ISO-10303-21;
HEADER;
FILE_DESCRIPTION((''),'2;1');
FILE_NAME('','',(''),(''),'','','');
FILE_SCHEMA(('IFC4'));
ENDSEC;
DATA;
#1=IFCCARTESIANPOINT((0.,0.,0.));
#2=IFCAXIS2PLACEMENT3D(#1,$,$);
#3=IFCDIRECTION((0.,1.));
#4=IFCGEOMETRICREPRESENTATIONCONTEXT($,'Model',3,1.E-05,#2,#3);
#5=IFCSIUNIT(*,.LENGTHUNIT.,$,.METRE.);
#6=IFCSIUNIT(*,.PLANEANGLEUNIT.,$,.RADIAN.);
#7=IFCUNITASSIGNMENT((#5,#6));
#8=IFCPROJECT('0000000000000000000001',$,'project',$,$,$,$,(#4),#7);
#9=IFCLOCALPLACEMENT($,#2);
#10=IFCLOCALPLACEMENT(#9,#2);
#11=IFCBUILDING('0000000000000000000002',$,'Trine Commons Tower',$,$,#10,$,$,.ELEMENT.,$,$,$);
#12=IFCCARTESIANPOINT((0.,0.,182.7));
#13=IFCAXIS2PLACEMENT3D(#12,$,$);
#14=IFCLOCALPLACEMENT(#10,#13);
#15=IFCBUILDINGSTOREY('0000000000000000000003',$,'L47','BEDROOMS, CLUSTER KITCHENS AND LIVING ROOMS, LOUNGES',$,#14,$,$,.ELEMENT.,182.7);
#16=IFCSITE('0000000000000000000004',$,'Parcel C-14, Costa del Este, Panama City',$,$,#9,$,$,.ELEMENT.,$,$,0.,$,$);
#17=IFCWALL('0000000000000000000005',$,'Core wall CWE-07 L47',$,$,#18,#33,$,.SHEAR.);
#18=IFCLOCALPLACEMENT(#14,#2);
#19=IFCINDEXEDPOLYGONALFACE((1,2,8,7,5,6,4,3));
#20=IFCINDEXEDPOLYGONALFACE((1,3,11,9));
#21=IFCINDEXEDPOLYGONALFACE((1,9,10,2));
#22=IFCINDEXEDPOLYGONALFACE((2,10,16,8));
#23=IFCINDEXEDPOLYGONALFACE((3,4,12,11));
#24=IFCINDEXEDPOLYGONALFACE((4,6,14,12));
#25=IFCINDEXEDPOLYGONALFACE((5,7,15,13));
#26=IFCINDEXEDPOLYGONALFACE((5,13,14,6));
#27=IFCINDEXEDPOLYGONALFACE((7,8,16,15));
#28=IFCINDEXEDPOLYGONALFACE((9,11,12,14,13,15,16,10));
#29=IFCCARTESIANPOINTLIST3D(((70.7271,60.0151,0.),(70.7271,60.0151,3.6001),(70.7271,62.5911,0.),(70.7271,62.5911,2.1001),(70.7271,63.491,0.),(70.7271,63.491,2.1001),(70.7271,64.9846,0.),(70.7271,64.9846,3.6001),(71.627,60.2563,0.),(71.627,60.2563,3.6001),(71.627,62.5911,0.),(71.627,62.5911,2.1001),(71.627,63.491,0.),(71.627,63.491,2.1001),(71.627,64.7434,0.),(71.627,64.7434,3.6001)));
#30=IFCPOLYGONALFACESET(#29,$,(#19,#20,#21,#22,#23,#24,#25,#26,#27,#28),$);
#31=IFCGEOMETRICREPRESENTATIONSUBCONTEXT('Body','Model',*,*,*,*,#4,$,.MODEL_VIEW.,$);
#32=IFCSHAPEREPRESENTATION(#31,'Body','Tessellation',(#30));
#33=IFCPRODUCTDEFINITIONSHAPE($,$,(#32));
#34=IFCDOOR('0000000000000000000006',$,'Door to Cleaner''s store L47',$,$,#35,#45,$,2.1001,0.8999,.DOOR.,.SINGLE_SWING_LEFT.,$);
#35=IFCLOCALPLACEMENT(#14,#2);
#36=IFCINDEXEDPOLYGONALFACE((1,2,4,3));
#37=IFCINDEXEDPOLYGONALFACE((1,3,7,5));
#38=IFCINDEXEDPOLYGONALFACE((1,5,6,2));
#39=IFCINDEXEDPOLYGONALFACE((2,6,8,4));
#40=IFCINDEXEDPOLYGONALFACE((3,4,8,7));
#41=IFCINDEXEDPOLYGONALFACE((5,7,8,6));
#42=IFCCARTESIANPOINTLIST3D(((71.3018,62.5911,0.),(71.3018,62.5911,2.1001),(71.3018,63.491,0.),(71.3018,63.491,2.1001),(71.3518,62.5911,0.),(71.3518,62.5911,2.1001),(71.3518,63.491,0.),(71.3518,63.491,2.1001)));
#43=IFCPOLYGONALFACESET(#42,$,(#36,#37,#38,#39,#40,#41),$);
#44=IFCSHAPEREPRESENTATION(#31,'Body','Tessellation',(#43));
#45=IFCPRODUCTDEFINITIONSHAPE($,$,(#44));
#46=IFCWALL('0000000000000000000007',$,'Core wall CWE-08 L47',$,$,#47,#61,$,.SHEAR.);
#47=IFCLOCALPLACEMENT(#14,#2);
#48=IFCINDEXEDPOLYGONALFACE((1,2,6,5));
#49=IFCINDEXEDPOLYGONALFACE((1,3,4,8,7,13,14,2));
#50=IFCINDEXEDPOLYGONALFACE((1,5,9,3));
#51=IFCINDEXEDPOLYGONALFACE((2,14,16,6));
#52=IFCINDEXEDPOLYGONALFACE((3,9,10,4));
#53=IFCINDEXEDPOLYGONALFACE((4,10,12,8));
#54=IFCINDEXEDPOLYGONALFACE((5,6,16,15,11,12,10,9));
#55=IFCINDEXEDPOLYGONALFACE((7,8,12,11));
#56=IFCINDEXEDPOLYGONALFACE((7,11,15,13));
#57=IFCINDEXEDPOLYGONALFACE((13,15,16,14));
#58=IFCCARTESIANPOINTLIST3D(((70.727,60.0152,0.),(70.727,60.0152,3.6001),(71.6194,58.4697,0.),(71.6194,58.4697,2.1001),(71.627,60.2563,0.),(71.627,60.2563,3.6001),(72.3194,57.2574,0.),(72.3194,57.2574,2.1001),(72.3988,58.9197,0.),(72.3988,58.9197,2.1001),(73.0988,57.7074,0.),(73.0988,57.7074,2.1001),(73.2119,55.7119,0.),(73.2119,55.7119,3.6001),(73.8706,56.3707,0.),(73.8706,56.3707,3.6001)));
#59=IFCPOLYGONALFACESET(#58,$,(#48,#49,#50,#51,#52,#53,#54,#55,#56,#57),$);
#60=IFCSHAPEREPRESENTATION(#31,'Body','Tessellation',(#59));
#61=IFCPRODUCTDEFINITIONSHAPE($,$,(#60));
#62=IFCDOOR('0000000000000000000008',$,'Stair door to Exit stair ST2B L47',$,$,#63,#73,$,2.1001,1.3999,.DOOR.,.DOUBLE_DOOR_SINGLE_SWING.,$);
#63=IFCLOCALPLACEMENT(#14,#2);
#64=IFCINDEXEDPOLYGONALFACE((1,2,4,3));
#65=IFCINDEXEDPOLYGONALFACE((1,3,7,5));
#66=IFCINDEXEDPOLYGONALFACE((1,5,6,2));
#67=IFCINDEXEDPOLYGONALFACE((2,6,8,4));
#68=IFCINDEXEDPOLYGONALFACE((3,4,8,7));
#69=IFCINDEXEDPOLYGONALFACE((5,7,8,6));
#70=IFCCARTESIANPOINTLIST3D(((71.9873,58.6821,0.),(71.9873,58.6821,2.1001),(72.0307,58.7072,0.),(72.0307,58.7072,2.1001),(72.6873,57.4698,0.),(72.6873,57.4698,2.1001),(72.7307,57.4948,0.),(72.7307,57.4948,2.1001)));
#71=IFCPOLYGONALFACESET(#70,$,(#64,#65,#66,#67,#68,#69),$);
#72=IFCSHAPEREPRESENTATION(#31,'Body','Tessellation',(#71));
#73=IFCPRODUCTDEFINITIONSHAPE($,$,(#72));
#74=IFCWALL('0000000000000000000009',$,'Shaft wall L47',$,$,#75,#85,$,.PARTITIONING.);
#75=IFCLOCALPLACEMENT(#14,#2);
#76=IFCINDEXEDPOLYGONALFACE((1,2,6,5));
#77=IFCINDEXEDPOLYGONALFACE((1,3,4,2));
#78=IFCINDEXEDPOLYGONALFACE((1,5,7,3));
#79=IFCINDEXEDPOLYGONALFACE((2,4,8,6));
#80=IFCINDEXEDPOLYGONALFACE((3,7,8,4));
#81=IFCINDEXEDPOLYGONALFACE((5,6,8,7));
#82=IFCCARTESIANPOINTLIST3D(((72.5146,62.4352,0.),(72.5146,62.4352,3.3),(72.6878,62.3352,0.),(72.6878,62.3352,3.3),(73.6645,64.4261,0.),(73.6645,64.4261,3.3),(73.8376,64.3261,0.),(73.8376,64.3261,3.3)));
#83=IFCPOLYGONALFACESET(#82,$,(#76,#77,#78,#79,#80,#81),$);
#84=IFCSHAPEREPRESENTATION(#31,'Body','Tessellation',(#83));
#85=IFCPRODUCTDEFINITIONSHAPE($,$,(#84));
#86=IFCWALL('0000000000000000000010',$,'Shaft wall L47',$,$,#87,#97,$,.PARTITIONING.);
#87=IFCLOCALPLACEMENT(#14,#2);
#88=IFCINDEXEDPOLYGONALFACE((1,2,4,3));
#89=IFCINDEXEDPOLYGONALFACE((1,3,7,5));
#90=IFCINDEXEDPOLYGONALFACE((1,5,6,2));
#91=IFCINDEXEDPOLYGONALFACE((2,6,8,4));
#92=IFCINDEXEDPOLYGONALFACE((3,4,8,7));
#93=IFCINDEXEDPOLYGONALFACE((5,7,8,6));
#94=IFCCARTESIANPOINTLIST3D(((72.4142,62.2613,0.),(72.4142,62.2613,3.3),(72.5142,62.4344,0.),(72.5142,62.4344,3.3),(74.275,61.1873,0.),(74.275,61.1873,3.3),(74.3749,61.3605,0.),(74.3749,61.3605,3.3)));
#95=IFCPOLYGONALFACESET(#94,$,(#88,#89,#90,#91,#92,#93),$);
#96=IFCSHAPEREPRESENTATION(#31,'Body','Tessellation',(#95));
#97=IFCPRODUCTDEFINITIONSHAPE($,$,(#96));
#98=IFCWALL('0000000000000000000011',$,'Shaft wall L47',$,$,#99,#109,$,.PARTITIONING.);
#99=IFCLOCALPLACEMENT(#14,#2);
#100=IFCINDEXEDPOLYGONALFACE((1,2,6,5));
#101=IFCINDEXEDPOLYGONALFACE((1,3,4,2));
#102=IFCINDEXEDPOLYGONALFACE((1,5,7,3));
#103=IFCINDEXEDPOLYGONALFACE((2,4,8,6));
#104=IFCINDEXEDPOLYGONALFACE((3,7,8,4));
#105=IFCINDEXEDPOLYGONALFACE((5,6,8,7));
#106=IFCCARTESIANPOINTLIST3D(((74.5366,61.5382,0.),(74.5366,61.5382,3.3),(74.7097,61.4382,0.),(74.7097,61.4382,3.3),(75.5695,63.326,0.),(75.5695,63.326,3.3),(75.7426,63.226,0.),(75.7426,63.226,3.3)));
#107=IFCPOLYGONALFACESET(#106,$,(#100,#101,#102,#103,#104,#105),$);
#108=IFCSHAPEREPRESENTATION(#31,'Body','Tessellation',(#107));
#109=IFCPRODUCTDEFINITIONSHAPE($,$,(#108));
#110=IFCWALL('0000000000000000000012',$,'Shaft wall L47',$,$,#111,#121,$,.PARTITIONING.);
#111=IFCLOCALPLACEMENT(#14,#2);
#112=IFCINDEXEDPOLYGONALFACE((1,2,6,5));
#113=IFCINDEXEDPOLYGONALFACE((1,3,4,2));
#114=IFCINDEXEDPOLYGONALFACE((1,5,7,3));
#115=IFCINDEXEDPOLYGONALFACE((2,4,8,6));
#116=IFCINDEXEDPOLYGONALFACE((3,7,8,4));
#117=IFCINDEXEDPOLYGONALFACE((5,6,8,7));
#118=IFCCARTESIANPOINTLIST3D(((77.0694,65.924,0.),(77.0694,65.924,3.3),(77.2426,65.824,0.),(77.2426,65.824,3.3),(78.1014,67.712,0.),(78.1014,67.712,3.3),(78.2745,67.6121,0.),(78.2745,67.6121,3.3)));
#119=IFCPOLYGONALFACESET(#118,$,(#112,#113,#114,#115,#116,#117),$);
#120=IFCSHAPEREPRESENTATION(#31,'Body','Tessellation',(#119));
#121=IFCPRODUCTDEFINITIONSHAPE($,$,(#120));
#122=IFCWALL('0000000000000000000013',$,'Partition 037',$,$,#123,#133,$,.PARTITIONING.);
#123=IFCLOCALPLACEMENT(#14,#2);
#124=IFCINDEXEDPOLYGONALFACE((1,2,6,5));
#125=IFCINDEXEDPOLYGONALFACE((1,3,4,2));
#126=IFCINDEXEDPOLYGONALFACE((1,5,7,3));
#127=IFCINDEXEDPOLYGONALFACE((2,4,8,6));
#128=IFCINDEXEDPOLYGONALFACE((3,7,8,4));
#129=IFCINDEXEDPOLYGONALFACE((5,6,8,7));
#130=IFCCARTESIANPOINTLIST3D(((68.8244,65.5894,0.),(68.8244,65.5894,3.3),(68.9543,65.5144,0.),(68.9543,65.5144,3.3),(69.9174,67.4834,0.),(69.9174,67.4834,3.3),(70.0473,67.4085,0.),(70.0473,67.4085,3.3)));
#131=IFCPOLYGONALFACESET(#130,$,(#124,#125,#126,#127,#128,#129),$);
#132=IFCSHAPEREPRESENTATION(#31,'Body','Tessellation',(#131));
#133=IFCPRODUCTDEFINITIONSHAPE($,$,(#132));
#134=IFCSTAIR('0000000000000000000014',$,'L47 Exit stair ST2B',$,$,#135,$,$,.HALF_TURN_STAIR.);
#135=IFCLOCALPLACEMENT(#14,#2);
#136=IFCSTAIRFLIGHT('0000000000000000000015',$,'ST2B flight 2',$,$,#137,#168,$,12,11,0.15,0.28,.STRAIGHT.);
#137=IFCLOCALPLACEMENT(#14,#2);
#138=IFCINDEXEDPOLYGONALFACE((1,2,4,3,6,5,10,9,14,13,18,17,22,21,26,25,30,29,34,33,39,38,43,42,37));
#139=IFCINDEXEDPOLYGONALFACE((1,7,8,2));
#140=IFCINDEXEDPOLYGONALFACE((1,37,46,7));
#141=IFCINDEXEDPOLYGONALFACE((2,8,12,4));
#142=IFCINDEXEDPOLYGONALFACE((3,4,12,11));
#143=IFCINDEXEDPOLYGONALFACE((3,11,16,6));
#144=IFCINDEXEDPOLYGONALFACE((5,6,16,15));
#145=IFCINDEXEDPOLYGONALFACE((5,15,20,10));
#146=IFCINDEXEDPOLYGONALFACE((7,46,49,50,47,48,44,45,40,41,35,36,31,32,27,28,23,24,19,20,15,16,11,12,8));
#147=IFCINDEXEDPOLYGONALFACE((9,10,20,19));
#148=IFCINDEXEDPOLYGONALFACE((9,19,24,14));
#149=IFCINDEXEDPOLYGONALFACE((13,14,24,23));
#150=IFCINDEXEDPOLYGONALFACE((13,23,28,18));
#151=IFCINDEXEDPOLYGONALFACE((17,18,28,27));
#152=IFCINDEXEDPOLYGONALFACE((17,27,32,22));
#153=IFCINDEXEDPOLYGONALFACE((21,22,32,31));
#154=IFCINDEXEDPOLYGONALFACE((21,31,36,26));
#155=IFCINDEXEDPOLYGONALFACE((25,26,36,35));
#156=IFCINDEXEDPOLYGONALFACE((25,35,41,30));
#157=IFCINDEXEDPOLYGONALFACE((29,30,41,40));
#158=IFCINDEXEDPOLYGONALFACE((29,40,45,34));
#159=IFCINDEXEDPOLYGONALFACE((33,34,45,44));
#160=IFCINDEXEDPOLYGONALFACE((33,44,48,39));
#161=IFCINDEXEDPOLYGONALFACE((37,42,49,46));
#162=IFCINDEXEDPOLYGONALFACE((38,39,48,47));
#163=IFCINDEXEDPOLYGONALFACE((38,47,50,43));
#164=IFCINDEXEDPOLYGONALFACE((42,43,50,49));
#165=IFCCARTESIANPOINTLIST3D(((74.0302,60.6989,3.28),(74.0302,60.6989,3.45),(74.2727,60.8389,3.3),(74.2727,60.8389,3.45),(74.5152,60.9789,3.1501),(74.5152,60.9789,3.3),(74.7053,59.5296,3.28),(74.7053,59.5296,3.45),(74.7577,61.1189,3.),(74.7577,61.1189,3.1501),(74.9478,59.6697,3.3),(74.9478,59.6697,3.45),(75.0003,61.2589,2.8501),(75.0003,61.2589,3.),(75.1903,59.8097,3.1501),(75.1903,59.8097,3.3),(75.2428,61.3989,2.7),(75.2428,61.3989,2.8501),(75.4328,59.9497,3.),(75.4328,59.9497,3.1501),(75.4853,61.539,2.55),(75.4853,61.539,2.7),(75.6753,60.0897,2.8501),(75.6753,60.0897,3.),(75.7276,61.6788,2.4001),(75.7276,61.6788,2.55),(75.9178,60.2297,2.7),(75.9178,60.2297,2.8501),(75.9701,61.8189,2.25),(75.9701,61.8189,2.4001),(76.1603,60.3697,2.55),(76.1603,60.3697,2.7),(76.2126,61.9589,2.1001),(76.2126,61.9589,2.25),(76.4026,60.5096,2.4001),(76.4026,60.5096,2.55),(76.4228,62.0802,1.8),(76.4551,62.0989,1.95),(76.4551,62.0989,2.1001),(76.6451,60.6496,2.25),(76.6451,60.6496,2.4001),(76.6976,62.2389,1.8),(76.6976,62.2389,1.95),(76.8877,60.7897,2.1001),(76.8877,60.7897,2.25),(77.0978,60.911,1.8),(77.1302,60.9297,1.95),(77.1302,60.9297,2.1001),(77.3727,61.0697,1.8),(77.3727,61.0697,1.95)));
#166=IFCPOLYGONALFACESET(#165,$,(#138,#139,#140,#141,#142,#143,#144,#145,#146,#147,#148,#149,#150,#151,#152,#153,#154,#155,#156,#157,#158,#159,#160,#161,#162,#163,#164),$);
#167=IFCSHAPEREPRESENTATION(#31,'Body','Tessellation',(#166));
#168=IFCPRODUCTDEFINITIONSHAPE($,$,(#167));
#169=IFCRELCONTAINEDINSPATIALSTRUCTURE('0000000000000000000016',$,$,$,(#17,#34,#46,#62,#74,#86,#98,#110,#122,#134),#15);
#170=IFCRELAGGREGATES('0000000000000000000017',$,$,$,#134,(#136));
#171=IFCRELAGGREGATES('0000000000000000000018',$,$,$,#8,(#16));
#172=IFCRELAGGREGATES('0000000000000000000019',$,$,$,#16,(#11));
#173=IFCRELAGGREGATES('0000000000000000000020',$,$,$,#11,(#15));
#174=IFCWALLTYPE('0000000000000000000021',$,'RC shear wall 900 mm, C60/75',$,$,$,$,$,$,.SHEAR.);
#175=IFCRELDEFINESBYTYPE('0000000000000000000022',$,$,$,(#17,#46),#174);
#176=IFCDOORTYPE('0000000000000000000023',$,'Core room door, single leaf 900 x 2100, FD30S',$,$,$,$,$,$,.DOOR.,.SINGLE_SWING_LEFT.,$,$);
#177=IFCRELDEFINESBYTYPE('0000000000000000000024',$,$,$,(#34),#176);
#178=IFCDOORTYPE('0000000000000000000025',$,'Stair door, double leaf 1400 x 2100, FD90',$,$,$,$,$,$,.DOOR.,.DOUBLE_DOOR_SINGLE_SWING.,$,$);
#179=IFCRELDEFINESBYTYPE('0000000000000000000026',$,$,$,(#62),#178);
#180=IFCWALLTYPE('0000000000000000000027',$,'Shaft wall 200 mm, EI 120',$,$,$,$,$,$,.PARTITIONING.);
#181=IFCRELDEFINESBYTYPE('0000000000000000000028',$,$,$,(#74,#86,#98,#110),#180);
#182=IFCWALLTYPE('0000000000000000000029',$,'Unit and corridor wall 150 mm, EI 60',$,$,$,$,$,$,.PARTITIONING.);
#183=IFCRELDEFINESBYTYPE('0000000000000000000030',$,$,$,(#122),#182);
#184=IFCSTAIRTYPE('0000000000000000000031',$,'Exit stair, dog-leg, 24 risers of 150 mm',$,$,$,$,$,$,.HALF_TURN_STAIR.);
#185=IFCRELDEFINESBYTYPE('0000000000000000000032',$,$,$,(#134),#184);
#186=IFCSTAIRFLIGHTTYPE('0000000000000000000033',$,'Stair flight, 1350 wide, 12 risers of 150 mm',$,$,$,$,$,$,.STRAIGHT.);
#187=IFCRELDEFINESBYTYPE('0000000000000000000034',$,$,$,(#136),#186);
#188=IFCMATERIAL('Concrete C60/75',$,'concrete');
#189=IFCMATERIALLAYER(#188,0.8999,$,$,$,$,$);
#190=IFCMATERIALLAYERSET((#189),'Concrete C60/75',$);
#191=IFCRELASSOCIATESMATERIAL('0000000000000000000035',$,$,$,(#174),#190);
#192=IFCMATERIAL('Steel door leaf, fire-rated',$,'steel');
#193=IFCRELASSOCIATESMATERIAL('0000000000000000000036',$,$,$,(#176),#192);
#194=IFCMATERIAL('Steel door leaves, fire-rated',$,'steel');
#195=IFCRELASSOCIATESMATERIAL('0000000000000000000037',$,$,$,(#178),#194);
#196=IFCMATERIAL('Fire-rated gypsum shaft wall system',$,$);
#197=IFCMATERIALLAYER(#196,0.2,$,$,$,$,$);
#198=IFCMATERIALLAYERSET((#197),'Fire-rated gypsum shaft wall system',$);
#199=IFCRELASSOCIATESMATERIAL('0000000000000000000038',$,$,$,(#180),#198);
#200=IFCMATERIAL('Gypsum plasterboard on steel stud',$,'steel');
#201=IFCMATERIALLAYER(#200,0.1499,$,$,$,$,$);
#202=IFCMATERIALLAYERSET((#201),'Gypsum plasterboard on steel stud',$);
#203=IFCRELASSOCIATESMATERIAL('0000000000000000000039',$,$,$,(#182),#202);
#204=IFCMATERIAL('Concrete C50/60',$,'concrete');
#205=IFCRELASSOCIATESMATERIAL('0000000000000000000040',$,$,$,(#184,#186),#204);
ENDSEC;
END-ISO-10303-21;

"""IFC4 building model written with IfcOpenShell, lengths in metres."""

from ifc_helpers import new_model, si_unit, direction, frame, frame_2d, origin, place, context, subcontext, project, spatial, polyline, rectangle, outline, extrude, material, layer, layer_set, type_object, element, fill, aggregate, save


model = new_model("IFC4")

# Units and contexts
model_context = context("Model", 3, precision=1e-05, world=origin(), true_north=direction((0.0, 1.0)))
body_context = subcontext(model_context, "Body", "Model", "MODEL_VIEW")
ifc_project = project(units=[si_unit("LENGTHUNIT", "METRE"), si_unit("PLANEANGLEUNIT", "RADIAN")], contexts=[model_context])

# Site, building, storey
site_placement = place(None, origin())
site = spatial("IfcSite", under=ifc_project, at=site_placement, Name="Parcel C-14, Costa del Este, Panama City", CompositionType="ELEMENT", RefElevation=0.0)
building_placement = place(site_placement, origin())
building = spatial("IfcBuilding", under=site, at=building_placement, Name="Trine Commons Tower", CompositionType="ELEMENT")
storey_placement = place(building_placement, frame((0.0, 0.0, 182.7)))
storey = spatial("IfcBuildingStorey", under=building, at=storey_placement, Name="L47", Description="BEDROOMS, CLUSTER KITCHENS AND LIVING ROOMS, LOUNGES", CompositionType="ELEMENT", Elevation=182.7)

# Shared definitions
ifc_material_1 = material(Name="Fire-rated gypsum shaft wall system")
ifc_material_2 = material(Name="Steel door leaf, fire-rated", Category="steel")
ifc_material_3 = material(Name="Concrete C60/75", Category="concrete")

# Walls, openings, doors
ifc_layer_1 = layer(ifc_material_3, 0.8999)
ifc_layer_set_1 = layer_set([ifc_layer_1], Name="Concrete C60/75")
wall_type_1 = type_object("IfcWallType", Name="RC shear wall 900 mm, C60/75", PredefinedType="SHEAR", material=ifc_layer_set_1)
wall_1_placement = place(storey_placement, frame((71.177, 64.9846, 0.0), z_axis=(0.0, 0.0, 1.0), x_axis=(0.0, -1.0, 0.0)))
wall_1 = element("IfcWall", 1, at=wall_1_placement, inside=storey, type_object=wall_type_1, Name="Core wall CWE-07 L47", PredefinedType="SHEAR", context=body_context, shape_type="SweptSolid", body=[
    extrude(outline(polyline([(0.0, -0.45), (4.9695, -0.45), (4.7283, 0.45), (0.2412, 0.45), (0.0, -0.45)])), origin(), (0.0, 0.0, 1.0), 3.6001),
])
opening_1_placement = place(wall_1_placement, frame((1.4937, 0.0, 0.0)))
opening_1 = element("IfcOpeningElement", 2, at=opening_1_placement, cuts=wall_1, PredefinedType="OPENING", context=body_context, shape_type="SweptSolid", body=[
    extrude(rectangle(XDim=0.8999, YDim=2.1001, at=frame_2d((0.45, 1.05))), frame((0.0, 0.46, 0.0), z_axis=(0.0, -1.0, 0.0), x_axis=(1.0, 0.0, 0.0)), (0.0, 0.0, 1.0), 0.9199),
])
door_type_1 = type_object("IfcDoorType", Name="Core room door, single leaf 900 x 2100, FD30S", OperationType="SINGLE_SWING_LEFT", PredefinedType="DOOR", material=ifc_material_2)
door_1_placement = place(opening_1_placement, origin())
door_1 = element("IfcDoor", 3, at=door_1_placement, inside=storey, type_object=door_type_1, Name="Door to Cleaner's store L47", OperationType="SINGLE_SWING_LEFT", OverallHeight=2.1001, OverallWidth=0.8999, PredefinedType="DOOR", context=body_context, shape_type="SweptSolid", body=[
    extrude(rectangle(XDim=0.8999, YDim=2.1001, at=frame_2d((0.45, 1.05))), frame((0.0, 0.1748, 0.0), z_axis=(0.0, -1.0, 0.0), x_axis=(1.0, 0.0, 0.0)), (0.0, 0.0, 1.0), 0.05),
])
fill(opening_1, door_1)
wall_2_placement = place(storey_placement, frame((71.1167, 60.2402, 0.0), z_axis=(0.0, 0.0, 1.0), x_axis=(0.500039, -0.866003, 0.0)))
wall_2 = element("IfcWall", 4, at=wall_2_placement, inside=storey, type_object=wall_type_1, Name="Core wall CWE-08 L47", PredefinedType="SHEAR", context=body_context, shape_type="SweptSolid", body=[
    extrude(outline(polyline([(0.0, -0.45), (4.9692, -0.45), (4.728, 0.45), (0.2412, 0.45), (0.0, -0.45)])), origin(), (0.0, 0.0, 1.0), 3.6001),
])
opening_2_placement = place(wall_2_placement, frame((1.7847, 0.0, 0.0)))
opening_2 = element("IfcOpeningElement", 5, at=opening_2_placement, cuts=wall_2, PredefinedType="OPENING", context=body_context, shape_type="SweptSolid", body=[
    extrude(rectangle(XDim=1.3999, YDim=2.1001, at=frame_2d((0.7, 1.05))), frame((0.0, 0.46, 0.0), z_axis=(0.0, -1.0, 0.0), x_axis=(1.0, 0.0, 0.0)), (0.0, 0.0, 1.0), 0.9199),
])
ifc_material_4 = material(Name="Steel door leaves, fire-rated", Category="steel")
door_type_2 = type_object("IfcDoorType", Name="Stair door, double leaf 1400 x 2100, FD90", OperationType="DOUBLE_DOOR_SINGLE_SWING", PredefinedType="DOOR", material=ifc_material_4)
door_2_placement = place(opening_2_placement, origin())
door_2 = element("IfcDoor", 6, at=door_2_placement, inside=storey, type_object=door_type_2, Name="Stair door to Exit stair ST2B L47", OperationType="DOUBLE_DOOR_SINGLE_SWING", OverallHeight=2.1001, OverallWidth=1.3999, PredefinedType="DOOR", context=body_context, shape_type="SweptSolid", body=[
    extrude(rectangle(XDim=1.3999, YDim=2.1001, at=frame_2d((0.7, 1.05))), frame((0.0, 0.0249, 0.0), z_axis=(0.0, -1.0, 0.0), x_axis=(1.0, 0.0, 0.0)), (0.0, 0.0, 1.0), 0.05),
])
fill(opening_2, door_2)

# Walls
ifc_layer_2 = layer(ifc_material_1, 0.2)
ifc_layer_set_2 = layer_set([ifc_layer_2], Name="Fire-rated gypsum shaft wall system")
wall_type_2 = type_object("IfcWallType", Name="Shaft wall 200 mm, EI 120", PredefinedType="PARTITIONING", material=ifc_layer_set_2)
wall_3_placement = place(storey_placement, frame((73.751, 64.376, 0.0), z_axis=(0.0, 0.0, 1.0), x_axis=(-0.500136, -0.865947, 0.0)))
element("IfcWall", 7, at=wall_3_placement, inside=storey, type_object=wall_type_2, Name="Shaft wall L47", PredefinedType="PARTITIONING", context=body_context, shape_type="SweptSolid", body=[
    extrude(rectangle(XDim=2.2991, YDim=0.2, at=frame_2d((1.1494, 0.0))), origin(), (0.0, 0.0, 1.0), 3.3),
])
wall_4_placement = place(storey_placement, frame((74.325, 61.2739, 0.0), z_axis=(0.0, 0.0, 1.0), x_axis=(-0.866102, 0.499867, 0.0)))
element("IfcWall", 8, at=wall_4_placement, inside=storey, type_object=wall_type_2, Name="Shaft wall L47", PredefinedType="PARTITIONING", context=body_context, shape_type="SweptSolid", body=[
    extrude(rectangle(XDim=2.1484, YDim=0.2, at=frame_2d((1.0742, 0.0))), origin(), (0.0, 0.0, 1.0), 3.3),
])
wall_5_placement = place(storey_placement, frame((75.656, 63.2759, 0.0), z_axis=(0.0, 0.0, 1.0), x_axis=(-0.500272, -0.865868, 0.0)))
element("IfcWall", 9, at=wall_5_placement, inside=storey, type_object=wall_type_2, Name="Shaft wall L47", PredefinedType="PARTITIONING", context=body_context, shape_type="SweptSolid", body=[
    extrude(rectangle(XDim=2.0647, YDim=0.2, at=frame_2d((1.0322, 0.0))), origin(), (0.0, 0.0, 1.0), 3.3),
])
wall_6_placement = place(storey_placement, frame((77.156, 65.874, 0.0), z_axis=(0.0, 0.0, 1.0), x_axis=(0.499866, 0.866103, 0.0)))
element("IfcWall", 10, at=wall_6_placement, inside=storey, type_object=wall_type_2, Name="Shaft wall L47", PredefinedType="PARTITIONING", context=body_context, shape_type="SweptSolid", body=[
    extrude(rectangle(XDim=2.0645, YDim=0.2, at=frame_2d((1.0322, 0.0))), origin(), (0.0, 0.0, 1.0), 3.3),
])
ifc_material_5 = material(Name="Gypsum plasterboard on steel stud", Category="steel")
ifc_layer_3 = layer(ifc_material_5, 0.1499)
ifc_layer_set_3 = layer_set([ifc_layer_3], Name="Gypsum plasterboard on steel stud")
wall_type_3 = type_object("IfcWallType", Name="Unit and corridor wall 150 mm, EI 60", PredefinedType="PARTITIONING", material=ifc_layer_set_3)
wall_7_placement = place(storey_placement, frame((68.8894, 65.552, 0.0), z_axis=(0.0, 0.0, 1.0), x_axis=(0.499826, 0.866126, 0.0)))
element("IfcWall", 11, at=wall_7_placement, inside=storey, type_object=wall_type_3, Name="Partition 037", PredefinedType="PARTITIONING", context=body_context, shape_type="SweptSolid", body=[
    extrude(rectangle(XDim=2.1868, YDim=0.1499, at=frame_2d((1.0933, 0.0))), origin(), (0.0, 0.0, 1.0), 3.3),
])

# Stair, stair flight
ifc_material_6 = material(Name="Concrete C50/60", Category="concrete")
stair_type = type_object("IfcStairType", Name="Exit stair, dog-leg, 24 risers of 150 mm", PredefinedType="HALF_TURN_STAIR", material=ifc_material_6)
stair_placement = place(storey_placement, origin())
stair = element("IfcStair", 12, at=stair_placement, inside=storey, type_object=stair_type, Name="L47 Exit stair ST2B", PredefinedType="HALF_TURN_STAIR")
stair_flight_type = type_object("IfcStairFlightType", Name="Stair flight, 1350 wide, 12 risers of 150 mm", PredefinedType="STRAIGHT", material=ifc_material_6)
stair_flight_placement = place(storey_placement, frame((77.0352, 61.6543, 1.8), z_axis=(0.0, 0.0, 1.0), x_axis=(-0.866025, -0.5, 0.0)))
stair_flight = element("IfcStairFlight", 13, at=stair_flight_placement, type_object=stair_flight_type, Name="ST2B flight 2", NumberOfRisers=12, NumberOfTreads=11, PredefinedType="STRAIGHT", RiserHeight=0.15, TreadLength=0.28, context=body_context, shape_type="SweptSolid", body=[
    extrude(outline(polyline([(0.0, 0.0), (0.0, 0.1499), (0.28, 0.1499), (0.28, 0.3), (0.5601, 0.3), (0.5601, 0.45), (0.8401, 0.45), (0.8401, 0.6001), (1.1201, 0.6001), (1.1201, 0.75), (1.3999, 0.75), (1.3999, 0.8999), (1.6799, 0.8999), (1.6799, 1.05), (1.96, 1.05), (1.96, 1.2), (2.24, 1.2), (2.24, 1.3501), (2.52, 1.3501), (2.52, 1.5), (2.8, 1.5), (2.8, 1.6499), (3.0801, 1.6499), (3.0801, 1.8), (3.0801, 1.48), (0.3174, 0.0), (0.0, 0.0)])), frame((0.0, 0.675, 0.0), z_axis=(0.0, -1.0, 0.0), x_axis=(1.0, 0.0, 0.0)), (0.0, 0.0, 1.0), 1.3501),
])
aggregate(stair, [stair_flight])

save(model, "model.ifc")
